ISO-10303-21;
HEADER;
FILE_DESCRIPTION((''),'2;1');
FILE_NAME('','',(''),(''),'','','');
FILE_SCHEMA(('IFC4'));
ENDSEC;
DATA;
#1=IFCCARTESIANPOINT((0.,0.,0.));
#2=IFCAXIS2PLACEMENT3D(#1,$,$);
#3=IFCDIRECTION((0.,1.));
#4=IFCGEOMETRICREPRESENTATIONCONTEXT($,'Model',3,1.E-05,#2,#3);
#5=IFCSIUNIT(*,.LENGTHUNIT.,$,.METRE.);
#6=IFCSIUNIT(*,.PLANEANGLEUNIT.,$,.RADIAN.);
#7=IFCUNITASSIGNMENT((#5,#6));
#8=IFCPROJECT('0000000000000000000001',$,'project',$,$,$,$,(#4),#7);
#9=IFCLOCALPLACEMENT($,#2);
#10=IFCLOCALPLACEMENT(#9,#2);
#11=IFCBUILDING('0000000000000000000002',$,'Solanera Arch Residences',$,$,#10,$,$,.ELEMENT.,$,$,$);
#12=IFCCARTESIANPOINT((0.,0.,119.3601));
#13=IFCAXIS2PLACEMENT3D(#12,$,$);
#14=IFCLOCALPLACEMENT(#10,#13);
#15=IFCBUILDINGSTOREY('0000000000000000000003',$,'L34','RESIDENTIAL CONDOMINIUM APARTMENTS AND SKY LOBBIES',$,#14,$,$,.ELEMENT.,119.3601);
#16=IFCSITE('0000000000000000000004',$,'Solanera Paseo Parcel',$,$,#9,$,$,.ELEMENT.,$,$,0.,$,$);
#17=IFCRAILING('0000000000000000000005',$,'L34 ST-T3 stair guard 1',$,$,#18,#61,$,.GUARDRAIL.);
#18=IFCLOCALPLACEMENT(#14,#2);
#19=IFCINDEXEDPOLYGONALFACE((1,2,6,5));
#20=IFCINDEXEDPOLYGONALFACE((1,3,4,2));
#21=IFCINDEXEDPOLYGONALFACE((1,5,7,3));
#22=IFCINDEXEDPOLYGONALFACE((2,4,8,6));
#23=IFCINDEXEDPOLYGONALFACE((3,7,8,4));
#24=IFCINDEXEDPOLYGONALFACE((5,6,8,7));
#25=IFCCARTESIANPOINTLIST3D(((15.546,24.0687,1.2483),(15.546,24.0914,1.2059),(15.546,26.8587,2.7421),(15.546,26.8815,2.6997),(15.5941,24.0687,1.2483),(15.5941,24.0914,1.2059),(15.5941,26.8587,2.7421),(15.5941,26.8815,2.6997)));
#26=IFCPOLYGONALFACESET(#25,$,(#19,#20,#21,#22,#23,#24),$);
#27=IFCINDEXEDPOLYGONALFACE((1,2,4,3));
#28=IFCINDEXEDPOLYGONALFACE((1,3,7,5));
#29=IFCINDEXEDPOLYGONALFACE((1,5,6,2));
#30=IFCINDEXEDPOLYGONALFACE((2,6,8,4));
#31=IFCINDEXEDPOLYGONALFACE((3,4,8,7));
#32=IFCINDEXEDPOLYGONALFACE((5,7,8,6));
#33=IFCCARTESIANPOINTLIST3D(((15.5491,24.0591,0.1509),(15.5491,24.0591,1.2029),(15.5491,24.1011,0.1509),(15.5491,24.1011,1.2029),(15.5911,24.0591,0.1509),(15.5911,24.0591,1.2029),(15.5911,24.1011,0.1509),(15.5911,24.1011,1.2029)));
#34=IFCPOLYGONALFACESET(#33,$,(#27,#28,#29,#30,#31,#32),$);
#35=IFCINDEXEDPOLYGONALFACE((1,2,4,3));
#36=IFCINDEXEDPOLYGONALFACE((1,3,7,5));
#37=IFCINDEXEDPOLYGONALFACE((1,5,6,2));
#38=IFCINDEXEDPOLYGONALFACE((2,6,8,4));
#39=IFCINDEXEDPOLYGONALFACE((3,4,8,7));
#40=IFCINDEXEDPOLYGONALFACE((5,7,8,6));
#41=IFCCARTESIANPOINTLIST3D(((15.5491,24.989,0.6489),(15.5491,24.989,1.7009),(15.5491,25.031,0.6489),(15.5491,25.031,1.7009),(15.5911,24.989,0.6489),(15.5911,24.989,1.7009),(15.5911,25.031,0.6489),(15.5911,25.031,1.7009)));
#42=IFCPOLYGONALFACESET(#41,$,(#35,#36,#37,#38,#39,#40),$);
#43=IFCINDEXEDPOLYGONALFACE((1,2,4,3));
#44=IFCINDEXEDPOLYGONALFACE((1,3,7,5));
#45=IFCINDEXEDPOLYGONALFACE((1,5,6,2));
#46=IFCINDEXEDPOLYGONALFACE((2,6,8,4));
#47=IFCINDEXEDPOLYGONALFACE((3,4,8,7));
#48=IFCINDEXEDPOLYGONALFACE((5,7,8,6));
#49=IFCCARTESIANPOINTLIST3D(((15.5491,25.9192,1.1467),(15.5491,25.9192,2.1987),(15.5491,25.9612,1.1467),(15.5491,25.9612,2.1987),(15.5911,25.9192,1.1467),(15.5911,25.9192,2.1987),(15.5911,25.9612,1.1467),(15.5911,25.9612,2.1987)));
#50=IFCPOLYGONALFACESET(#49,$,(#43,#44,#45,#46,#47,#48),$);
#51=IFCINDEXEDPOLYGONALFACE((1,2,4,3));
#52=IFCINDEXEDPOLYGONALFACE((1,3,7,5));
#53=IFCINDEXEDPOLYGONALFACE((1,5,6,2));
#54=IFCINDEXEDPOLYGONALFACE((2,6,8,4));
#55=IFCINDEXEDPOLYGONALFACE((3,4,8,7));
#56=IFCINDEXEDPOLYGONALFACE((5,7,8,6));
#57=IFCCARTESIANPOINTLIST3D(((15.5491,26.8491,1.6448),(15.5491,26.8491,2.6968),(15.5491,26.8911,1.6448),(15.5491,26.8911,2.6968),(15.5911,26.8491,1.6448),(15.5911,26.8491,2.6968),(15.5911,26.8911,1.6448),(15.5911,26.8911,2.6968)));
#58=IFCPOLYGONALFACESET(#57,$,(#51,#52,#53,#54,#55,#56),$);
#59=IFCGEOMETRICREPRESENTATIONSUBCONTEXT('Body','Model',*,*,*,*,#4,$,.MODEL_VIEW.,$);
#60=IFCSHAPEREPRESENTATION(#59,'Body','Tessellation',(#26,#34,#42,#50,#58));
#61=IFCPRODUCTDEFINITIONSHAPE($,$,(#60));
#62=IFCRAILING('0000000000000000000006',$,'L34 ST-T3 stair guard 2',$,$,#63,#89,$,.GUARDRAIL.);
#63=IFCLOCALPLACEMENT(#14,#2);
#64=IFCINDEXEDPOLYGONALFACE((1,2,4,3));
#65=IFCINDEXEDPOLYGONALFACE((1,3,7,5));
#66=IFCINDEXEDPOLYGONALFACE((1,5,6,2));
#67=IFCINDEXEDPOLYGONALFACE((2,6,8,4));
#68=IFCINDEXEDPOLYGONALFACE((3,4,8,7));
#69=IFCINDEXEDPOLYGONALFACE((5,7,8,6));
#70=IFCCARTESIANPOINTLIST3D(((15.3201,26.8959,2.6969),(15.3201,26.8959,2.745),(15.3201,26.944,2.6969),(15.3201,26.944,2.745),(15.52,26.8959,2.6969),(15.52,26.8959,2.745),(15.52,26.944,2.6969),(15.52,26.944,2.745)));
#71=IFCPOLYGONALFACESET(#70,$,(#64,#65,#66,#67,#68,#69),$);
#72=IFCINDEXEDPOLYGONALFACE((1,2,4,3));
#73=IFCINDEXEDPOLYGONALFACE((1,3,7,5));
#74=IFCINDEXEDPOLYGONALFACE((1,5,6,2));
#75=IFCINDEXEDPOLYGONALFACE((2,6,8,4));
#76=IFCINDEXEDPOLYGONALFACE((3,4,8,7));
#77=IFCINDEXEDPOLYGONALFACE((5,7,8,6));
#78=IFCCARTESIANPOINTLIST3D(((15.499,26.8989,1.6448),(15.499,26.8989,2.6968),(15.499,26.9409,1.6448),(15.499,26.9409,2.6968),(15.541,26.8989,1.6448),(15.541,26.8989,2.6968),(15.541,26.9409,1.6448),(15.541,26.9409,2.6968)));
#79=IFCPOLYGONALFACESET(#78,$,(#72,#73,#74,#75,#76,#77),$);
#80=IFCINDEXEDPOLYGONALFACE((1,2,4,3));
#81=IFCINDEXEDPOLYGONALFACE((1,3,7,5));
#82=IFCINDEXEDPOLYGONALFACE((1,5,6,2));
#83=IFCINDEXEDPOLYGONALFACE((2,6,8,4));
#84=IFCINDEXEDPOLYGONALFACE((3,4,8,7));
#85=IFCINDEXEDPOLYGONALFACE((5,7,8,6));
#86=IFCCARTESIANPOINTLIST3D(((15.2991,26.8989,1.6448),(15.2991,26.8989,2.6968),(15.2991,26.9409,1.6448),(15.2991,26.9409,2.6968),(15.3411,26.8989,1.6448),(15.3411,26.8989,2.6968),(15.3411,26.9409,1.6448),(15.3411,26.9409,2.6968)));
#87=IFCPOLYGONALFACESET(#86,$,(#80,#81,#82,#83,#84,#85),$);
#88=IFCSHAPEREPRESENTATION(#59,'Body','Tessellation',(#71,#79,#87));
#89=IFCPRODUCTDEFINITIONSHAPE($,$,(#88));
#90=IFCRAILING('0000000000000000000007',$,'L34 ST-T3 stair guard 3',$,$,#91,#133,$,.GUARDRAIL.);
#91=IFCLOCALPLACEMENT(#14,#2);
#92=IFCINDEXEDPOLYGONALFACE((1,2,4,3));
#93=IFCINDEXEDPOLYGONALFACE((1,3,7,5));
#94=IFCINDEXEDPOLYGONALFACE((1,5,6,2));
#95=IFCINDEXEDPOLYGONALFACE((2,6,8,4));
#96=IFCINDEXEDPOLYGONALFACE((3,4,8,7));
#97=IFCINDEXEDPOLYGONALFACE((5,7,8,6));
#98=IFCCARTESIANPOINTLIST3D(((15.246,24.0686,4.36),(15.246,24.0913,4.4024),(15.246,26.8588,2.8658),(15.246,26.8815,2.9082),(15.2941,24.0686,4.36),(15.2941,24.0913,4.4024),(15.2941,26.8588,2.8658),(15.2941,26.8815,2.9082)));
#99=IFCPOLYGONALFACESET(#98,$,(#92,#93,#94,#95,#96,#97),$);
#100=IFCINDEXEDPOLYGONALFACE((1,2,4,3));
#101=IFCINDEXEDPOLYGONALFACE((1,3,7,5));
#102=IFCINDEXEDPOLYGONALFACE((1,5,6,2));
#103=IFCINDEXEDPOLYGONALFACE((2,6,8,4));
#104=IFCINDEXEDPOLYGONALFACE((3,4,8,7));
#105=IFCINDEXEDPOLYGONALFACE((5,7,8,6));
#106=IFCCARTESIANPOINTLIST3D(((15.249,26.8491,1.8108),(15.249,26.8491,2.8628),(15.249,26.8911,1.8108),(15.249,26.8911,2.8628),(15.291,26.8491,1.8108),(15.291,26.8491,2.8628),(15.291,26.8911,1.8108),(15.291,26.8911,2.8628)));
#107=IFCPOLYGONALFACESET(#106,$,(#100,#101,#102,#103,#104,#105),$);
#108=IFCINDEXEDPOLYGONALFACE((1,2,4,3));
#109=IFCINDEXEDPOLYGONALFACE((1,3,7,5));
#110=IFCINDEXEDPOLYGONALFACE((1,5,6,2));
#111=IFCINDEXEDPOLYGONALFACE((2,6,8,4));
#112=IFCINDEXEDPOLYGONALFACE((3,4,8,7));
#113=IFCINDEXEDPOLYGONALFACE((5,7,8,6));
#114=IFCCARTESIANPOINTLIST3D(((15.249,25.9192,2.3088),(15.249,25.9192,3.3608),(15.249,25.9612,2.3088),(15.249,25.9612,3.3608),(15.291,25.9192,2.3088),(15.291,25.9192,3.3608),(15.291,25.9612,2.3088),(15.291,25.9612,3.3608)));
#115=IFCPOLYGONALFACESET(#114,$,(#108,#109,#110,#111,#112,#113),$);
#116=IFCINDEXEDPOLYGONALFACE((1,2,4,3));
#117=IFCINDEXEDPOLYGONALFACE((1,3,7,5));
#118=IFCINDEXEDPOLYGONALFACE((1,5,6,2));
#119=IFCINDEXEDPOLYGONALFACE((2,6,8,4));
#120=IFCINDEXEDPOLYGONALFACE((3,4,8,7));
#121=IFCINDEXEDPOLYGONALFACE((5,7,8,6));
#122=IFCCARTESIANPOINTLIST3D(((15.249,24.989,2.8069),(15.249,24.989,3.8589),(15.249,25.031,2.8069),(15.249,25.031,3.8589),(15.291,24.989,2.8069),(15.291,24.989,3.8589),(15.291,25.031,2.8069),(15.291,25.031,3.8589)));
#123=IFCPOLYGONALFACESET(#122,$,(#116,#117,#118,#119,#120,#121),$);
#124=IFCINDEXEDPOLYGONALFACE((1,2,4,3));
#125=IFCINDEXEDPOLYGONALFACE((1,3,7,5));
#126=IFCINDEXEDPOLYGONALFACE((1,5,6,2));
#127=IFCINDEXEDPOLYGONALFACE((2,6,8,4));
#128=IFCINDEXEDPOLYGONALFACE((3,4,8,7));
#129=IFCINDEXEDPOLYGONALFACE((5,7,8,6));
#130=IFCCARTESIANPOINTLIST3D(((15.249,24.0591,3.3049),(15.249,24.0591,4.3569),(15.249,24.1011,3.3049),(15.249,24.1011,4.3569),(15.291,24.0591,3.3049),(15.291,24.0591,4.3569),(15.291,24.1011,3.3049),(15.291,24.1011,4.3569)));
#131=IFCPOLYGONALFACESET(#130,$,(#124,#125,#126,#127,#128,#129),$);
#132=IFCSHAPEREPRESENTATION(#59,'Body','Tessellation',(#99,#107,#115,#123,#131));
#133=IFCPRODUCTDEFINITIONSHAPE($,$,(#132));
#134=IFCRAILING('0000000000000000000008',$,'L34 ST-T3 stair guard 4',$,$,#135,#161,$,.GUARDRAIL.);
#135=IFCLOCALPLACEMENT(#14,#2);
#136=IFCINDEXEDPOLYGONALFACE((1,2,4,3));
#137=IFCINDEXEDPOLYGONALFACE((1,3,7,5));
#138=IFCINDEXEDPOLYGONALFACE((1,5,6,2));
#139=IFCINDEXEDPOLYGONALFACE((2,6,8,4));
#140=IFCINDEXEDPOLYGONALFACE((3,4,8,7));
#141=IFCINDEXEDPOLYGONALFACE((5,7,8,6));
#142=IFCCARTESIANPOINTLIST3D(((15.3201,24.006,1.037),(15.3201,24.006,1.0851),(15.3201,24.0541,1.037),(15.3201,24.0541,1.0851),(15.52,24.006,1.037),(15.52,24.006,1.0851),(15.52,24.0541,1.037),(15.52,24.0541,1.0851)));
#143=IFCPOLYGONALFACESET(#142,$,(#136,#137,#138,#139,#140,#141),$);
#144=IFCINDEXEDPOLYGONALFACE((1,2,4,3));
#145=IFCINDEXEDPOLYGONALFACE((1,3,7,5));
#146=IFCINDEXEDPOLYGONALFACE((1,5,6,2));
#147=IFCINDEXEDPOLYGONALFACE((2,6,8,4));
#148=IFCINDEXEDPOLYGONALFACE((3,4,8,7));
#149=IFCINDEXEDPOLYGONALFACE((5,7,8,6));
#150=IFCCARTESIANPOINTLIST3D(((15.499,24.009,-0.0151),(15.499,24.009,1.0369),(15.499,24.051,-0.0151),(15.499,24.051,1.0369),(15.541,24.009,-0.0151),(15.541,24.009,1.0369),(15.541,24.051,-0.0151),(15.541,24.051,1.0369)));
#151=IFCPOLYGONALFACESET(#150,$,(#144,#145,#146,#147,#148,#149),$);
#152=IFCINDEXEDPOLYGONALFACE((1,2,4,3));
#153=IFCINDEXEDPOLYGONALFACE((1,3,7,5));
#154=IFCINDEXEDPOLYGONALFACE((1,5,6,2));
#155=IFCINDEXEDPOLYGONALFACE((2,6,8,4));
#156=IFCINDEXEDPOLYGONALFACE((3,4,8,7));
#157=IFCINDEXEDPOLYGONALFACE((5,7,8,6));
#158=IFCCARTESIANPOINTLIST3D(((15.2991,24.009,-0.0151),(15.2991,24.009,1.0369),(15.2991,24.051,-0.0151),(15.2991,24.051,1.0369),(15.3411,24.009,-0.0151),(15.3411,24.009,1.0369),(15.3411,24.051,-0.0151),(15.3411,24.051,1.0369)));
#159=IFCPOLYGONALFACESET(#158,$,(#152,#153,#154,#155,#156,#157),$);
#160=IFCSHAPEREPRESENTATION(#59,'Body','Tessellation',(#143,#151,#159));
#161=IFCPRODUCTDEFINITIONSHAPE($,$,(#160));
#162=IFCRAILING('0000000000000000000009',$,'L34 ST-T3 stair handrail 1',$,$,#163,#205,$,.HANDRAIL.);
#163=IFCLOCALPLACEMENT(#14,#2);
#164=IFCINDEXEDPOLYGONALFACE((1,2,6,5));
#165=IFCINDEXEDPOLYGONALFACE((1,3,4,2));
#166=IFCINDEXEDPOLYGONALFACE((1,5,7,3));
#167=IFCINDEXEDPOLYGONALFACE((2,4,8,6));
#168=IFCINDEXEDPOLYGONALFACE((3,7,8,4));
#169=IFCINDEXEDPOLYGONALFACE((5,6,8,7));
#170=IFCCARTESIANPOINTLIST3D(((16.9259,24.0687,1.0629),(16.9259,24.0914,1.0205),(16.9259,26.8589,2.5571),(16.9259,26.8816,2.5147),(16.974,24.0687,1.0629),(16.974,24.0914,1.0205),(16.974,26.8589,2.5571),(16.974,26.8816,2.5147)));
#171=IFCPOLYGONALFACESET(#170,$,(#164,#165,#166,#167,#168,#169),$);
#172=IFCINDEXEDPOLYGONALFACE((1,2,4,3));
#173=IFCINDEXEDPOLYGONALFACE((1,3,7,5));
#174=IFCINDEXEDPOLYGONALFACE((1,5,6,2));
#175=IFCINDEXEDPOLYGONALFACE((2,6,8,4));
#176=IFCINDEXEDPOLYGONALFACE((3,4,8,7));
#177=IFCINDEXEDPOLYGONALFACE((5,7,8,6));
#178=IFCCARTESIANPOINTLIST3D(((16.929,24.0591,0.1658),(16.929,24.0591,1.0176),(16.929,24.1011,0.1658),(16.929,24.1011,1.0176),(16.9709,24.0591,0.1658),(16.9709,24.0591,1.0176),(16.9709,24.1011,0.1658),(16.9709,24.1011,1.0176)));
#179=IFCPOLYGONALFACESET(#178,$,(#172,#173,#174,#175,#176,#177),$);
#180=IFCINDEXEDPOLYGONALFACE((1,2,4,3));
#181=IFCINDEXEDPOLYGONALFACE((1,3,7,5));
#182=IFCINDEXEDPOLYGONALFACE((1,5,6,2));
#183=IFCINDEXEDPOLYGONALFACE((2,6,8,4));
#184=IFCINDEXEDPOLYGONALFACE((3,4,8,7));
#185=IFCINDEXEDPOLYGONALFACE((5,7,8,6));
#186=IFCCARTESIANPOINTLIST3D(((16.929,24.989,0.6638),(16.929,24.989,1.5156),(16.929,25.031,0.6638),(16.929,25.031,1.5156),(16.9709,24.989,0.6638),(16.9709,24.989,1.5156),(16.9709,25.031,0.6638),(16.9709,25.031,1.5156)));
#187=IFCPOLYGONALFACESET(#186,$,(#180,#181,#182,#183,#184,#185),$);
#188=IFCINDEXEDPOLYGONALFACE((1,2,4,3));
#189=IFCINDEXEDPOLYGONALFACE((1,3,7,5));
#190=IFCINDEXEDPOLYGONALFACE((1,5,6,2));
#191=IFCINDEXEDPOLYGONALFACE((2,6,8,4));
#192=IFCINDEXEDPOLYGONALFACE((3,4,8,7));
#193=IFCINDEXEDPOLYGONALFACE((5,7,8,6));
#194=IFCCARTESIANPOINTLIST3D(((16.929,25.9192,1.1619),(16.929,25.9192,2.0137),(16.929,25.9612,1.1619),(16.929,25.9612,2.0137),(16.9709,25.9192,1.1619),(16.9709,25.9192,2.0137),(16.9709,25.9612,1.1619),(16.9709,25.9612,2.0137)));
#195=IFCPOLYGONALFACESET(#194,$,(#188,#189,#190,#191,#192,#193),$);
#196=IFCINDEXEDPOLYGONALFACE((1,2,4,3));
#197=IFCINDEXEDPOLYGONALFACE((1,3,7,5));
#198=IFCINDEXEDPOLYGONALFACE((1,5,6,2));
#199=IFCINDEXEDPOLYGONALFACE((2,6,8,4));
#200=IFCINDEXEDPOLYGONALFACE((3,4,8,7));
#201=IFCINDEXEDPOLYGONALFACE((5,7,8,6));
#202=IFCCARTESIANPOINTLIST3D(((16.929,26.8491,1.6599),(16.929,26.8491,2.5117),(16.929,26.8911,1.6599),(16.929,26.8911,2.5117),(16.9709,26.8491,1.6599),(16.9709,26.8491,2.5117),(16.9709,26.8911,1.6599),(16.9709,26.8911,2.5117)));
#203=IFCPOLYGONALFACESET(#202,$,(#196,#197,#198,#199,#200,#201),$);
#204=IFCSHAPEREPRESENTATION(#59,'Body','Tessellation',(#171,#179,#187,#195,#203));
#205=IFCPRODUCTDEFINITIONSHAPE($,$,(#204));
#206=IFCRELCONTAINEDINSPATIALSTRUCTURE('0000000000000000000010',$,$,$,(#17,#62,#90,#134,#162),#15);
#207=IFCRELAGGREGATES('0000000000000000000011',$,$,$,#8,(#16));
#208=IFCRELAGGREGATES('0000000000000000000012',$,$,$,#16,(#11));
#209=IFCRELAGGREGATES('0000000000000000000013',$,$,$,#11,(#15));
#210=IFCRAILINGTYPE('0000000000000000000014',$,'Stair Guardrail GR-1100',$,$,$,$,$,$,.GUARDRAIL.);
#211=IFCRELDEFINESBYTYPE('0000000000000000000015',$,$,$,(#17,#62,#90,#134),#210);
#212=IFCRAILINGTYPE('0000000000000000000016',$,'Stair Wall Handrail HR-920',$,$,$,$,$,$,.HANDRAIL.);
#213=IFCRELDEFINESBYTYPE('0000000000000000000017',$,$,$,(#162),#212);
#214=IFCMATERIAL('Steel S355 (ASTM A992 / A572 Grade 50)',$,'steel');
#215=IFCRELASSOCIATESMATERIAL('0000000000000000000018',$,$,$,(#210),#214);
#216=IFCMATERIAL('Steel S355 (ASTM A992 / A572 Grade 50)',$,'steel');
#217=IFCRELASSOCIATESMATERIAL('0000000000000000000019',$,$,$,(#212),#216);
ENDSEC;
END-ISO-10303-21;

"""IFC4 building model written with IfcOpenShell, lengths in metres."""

from ifc_helpers import new_model, si_unit, direction, frame, origin, origin_2d, place, context, subcontext, project, spatial, rectangle, extrude, material, type_object, element, save


model = new_model("IFC4")

# Units and contexts
model_context = context("Model", 3, precision=1e-05, world=origin(), true_north=direction((0.0, 1.0)))
body_context = subcontext(model_context, "Body", "Model", "MODEL_VIEW")
ifc_project = project(units=[si_unit("LENGTHUNIT", "METRE"), si_unit("PLANEANGLEUNIT", "RADIAN")], contexts=[model_context])

# Site, building, storey
site_placement = place(None, origin())
site = spatial("IfcSite", under=ifc_project, at=site_placement, Name="Solanera Paseo Parcel", CompositionType="ELEMENT", RefElevation=0.0)
building_placement = place(site_placement, origin())
building = spatial("IfcBuilding", under=site, at=building_placement, Name="Solanera Arch Residences", CompositionType="ELEMENT")
storey_placement = place(building_placement, frame((0.0, 0.0, 119.3601)))
storey = spatial("IfcBuildingStorey", under=building, at=storey_placement, Name="L34", Description="RESIDENTIAL CONDOMINIUM APARTMENTS AND SKY LOBBIES", CompositionType="ELEMENT", Elevation=119.3601)

# Railings
ifc_material_1 = material(Name="Steel S355 (ASTM A992 / A572 Grade 50)", Category="steel")
railing_type_1 = type_object("IfcRailingType", Name="Stair Guardrail GR-1100", PredefinedType="GUARDRAIL", material=ifc_material_1)
railing_1_placement = place(storey_placement, frame((15.5701, 24.0801, 0.1509)))
element("IfcRailing", 1, at=railing_1_placement, inside=storey, type_object=railing_type_1, Name="L34 ST-T3 stair guard 1", PredefinedType="GUARDRAIL", context=body_context, shape_type="SweptSolid", body=[
    extrude(rectangle(XDim=0.0481, YDim=0.0481, at=origin_2d()), frame((0.0, 0.0, 1.0762), z_axis=(0.0, 0.881581, 0.472033), x_axis=(-1.0, 0.0, 0.0)), (0.0, 0.0, 1.0), 3.1648),
    extrude(rectangle(XDim=0.042, YDim=0.042, at=origin_2d()), origin(), (0.0, 0.0, 1.0), 1.052),
    extrude(rectangle(XDim=0.042, YDim=0.042, at=origin_2d()), frame((0.0, 0.9299, 0.498)), (0.0, 0.0, 1.0), 1.052),
    extrude(rectangle(XDim=0.042, YDim=0.042, at=origin_2d()), frame((0.0, 1.8601, 0.9958)), (0.0, 0.0, 1.0), 1.052),
    extrude(rectangle(XDim=0.042, YDim=0.042, at=origin_2d()), frame((0.0, 2.79, 1.4939)), (0.0, 0.0, 1.0), 1.052),
])
railing_2_placement = place(storey_placement, frame((15.52, 26.9199, 1.6448)))
element("IfcRailing", 2, at=railing_2_placement, inside=storey, type_object=railing_type_1, Name="L34 ST-T3 stair guard 2", PredefinedType="GUARDRAIL", context=body_context, shape_type="SweptSolid", body=[
    extrude(rectangle(XDim=0.0481, YDim=0.0481, at=origin_2d()), frame((0.0, 0.0, 1.0762), z_axis=(-1.0, 0.0, 0.0), x_axis=(0.0, -1.0, 0.0)), (0.0, 0.0, 1.0), 0.2),
    extrude(rectangle(XDim=0.042, YDim=0.042, at=origin_2d()), origin(), (0.0, 0.0, 1.0), 1.052),
    extrude(rectangle(XDim=0.042, YDim=0.042, at=origin_2d()), frame((-0.2, 0.0, 0.0)), (0.0, 0.0, 1.0), 1.052),
])
railing_3_placement = place(storey_placement, frame((15.27, 26.8701, 1.8108)))
element("IfcRailing", 3, at=railing_3_placement, inside=storey, type_object=railing_type_1, Name="L34 ST-T3 stair guard 3", PredefinedType="GUARDRAIL", context=body_context, shape_type="SweptSolid", body=[
    extrude(rectangle(XDim=0.0481, YDim=0.0481, at=origin_2d()), frame((0.0, 0.0, 1.0762), z_axis=(0.0, -0.881549, 0.472093), x_axis=(1.0, 0.0, 0.0)), (0.0, 0.0, 1.0), 3.165),
    extrude(rectangle(XDim=0.042, YDim=0.042, at=origin_2d()), origin(), (0.0, 0.0, 1.0), 1.052),
    extrude(rectangle(XDim=0.042, YDim=0.042, at=origin_2d()), frame((0.0, -0.9299, 0.498)), (0.0, 0.0, 1.0), 1.052),
    extrude(rectangle(XDim=0.042, YDim=0.042, at=origin_2d()), frame((0.0, -1.8601, 0.9961)), (0.0, 0.0, 1.0), 1.052),
    extrude(rectangle(XDim=0.042, YDim=0.042, at=origin_2d()), frame((0.0, -2.79, 1.4941)), (0.0, 0.0, 1.0), 1.052),
])
railing_4_placement = place(storey_placement, frame((15.52, 24.03, -0.0151)))
element("IfcRailing", 4, at=railing_4_placement, inside=storey, type_object=railing_type_1, Name="L34 ST-T3 stair guard 4", PredefinedType="GUARDRAIL", context=body_context, shape_type="SweptSolid", body=[
    extrude(rectangle(XDim=0.0481, YDim=0.0481, at=origin_2d()), frame((0.0, 0.0, 1.0762), z_axis=(-1.0, 0.0, 0.0), x_axis=(0.0, -1.0, 0.0)), (0.0, 0.0, 1.0), 0.2),
    extrude(rectangle(XDim=0.042, YDim=0.042, at=origin_2d()), origin(), (0.0, 0.0, 1.0), 1.052),
    extrude(rectangle(XDim=0.042, YDim=0.042, at=origin_2d()), frame((-0.2, 0.0, 0.0)), (0.0, 0.0, 1.0), 1.052),
])
ifc_material_2 = material(Name="Steel S355 (ASTM A992 / A572 Grade 50)", Category="steel")
railing_type_2 = type_object("IfcRailingType", Name="Stair Wall Handrail HR-920", PredefinedType="HANDRAIL", material=ifc_material_2)
railing_5_placement = place(storey_placement, frame((16.95, 24.0801, 0.1658)))
element("IfcRailing", 5, at=railing_5_placement, inside=storey, type_object=railing_type_2, Name="L34 ST-T3 stair handrail 1", PredefinedType="HANDRAIL", context=body_context, shape_type="SweptSolid", body=[
    extrude(rectangle(XDim=0.0481, YDim=0.0481, at=origin_2d()), frame((0.0, 0.0, 0.876), z_axis=(0.0, 0.881549, 0.472093), x_axis=(-1.0, 0.0, 0.0)), (0.0, 0.0, 1.0), 3.165),
    extrude(rectangle(XDim=0.042, YDim=0.042, at=origin_2d()), origin(), (0.0, 0.0, 1.0), 0.8518),
    extrude(rectangle(XDim=0.042, YDim=0.042, at=origin_2d()), frame((0.0, 0.9299, 0.498)), (0.0, 0.0, 1.0), 0.8518),
    extrude(rectangle(XDim=0.042, YDim=0.042, at=origin_2d()), frame((0.0, 1.8601, 0.9961)), (0.0, 0.0, 1.0), 0.8518),
    extrude(rectangle(XDim=0.042, YDim=0.042, at=origin_2d()), frame((0.0, 2.79, 1.4941)), (0.0, 0.0, 1.0), 0.8518),
])

save(model, "model.ifc")
